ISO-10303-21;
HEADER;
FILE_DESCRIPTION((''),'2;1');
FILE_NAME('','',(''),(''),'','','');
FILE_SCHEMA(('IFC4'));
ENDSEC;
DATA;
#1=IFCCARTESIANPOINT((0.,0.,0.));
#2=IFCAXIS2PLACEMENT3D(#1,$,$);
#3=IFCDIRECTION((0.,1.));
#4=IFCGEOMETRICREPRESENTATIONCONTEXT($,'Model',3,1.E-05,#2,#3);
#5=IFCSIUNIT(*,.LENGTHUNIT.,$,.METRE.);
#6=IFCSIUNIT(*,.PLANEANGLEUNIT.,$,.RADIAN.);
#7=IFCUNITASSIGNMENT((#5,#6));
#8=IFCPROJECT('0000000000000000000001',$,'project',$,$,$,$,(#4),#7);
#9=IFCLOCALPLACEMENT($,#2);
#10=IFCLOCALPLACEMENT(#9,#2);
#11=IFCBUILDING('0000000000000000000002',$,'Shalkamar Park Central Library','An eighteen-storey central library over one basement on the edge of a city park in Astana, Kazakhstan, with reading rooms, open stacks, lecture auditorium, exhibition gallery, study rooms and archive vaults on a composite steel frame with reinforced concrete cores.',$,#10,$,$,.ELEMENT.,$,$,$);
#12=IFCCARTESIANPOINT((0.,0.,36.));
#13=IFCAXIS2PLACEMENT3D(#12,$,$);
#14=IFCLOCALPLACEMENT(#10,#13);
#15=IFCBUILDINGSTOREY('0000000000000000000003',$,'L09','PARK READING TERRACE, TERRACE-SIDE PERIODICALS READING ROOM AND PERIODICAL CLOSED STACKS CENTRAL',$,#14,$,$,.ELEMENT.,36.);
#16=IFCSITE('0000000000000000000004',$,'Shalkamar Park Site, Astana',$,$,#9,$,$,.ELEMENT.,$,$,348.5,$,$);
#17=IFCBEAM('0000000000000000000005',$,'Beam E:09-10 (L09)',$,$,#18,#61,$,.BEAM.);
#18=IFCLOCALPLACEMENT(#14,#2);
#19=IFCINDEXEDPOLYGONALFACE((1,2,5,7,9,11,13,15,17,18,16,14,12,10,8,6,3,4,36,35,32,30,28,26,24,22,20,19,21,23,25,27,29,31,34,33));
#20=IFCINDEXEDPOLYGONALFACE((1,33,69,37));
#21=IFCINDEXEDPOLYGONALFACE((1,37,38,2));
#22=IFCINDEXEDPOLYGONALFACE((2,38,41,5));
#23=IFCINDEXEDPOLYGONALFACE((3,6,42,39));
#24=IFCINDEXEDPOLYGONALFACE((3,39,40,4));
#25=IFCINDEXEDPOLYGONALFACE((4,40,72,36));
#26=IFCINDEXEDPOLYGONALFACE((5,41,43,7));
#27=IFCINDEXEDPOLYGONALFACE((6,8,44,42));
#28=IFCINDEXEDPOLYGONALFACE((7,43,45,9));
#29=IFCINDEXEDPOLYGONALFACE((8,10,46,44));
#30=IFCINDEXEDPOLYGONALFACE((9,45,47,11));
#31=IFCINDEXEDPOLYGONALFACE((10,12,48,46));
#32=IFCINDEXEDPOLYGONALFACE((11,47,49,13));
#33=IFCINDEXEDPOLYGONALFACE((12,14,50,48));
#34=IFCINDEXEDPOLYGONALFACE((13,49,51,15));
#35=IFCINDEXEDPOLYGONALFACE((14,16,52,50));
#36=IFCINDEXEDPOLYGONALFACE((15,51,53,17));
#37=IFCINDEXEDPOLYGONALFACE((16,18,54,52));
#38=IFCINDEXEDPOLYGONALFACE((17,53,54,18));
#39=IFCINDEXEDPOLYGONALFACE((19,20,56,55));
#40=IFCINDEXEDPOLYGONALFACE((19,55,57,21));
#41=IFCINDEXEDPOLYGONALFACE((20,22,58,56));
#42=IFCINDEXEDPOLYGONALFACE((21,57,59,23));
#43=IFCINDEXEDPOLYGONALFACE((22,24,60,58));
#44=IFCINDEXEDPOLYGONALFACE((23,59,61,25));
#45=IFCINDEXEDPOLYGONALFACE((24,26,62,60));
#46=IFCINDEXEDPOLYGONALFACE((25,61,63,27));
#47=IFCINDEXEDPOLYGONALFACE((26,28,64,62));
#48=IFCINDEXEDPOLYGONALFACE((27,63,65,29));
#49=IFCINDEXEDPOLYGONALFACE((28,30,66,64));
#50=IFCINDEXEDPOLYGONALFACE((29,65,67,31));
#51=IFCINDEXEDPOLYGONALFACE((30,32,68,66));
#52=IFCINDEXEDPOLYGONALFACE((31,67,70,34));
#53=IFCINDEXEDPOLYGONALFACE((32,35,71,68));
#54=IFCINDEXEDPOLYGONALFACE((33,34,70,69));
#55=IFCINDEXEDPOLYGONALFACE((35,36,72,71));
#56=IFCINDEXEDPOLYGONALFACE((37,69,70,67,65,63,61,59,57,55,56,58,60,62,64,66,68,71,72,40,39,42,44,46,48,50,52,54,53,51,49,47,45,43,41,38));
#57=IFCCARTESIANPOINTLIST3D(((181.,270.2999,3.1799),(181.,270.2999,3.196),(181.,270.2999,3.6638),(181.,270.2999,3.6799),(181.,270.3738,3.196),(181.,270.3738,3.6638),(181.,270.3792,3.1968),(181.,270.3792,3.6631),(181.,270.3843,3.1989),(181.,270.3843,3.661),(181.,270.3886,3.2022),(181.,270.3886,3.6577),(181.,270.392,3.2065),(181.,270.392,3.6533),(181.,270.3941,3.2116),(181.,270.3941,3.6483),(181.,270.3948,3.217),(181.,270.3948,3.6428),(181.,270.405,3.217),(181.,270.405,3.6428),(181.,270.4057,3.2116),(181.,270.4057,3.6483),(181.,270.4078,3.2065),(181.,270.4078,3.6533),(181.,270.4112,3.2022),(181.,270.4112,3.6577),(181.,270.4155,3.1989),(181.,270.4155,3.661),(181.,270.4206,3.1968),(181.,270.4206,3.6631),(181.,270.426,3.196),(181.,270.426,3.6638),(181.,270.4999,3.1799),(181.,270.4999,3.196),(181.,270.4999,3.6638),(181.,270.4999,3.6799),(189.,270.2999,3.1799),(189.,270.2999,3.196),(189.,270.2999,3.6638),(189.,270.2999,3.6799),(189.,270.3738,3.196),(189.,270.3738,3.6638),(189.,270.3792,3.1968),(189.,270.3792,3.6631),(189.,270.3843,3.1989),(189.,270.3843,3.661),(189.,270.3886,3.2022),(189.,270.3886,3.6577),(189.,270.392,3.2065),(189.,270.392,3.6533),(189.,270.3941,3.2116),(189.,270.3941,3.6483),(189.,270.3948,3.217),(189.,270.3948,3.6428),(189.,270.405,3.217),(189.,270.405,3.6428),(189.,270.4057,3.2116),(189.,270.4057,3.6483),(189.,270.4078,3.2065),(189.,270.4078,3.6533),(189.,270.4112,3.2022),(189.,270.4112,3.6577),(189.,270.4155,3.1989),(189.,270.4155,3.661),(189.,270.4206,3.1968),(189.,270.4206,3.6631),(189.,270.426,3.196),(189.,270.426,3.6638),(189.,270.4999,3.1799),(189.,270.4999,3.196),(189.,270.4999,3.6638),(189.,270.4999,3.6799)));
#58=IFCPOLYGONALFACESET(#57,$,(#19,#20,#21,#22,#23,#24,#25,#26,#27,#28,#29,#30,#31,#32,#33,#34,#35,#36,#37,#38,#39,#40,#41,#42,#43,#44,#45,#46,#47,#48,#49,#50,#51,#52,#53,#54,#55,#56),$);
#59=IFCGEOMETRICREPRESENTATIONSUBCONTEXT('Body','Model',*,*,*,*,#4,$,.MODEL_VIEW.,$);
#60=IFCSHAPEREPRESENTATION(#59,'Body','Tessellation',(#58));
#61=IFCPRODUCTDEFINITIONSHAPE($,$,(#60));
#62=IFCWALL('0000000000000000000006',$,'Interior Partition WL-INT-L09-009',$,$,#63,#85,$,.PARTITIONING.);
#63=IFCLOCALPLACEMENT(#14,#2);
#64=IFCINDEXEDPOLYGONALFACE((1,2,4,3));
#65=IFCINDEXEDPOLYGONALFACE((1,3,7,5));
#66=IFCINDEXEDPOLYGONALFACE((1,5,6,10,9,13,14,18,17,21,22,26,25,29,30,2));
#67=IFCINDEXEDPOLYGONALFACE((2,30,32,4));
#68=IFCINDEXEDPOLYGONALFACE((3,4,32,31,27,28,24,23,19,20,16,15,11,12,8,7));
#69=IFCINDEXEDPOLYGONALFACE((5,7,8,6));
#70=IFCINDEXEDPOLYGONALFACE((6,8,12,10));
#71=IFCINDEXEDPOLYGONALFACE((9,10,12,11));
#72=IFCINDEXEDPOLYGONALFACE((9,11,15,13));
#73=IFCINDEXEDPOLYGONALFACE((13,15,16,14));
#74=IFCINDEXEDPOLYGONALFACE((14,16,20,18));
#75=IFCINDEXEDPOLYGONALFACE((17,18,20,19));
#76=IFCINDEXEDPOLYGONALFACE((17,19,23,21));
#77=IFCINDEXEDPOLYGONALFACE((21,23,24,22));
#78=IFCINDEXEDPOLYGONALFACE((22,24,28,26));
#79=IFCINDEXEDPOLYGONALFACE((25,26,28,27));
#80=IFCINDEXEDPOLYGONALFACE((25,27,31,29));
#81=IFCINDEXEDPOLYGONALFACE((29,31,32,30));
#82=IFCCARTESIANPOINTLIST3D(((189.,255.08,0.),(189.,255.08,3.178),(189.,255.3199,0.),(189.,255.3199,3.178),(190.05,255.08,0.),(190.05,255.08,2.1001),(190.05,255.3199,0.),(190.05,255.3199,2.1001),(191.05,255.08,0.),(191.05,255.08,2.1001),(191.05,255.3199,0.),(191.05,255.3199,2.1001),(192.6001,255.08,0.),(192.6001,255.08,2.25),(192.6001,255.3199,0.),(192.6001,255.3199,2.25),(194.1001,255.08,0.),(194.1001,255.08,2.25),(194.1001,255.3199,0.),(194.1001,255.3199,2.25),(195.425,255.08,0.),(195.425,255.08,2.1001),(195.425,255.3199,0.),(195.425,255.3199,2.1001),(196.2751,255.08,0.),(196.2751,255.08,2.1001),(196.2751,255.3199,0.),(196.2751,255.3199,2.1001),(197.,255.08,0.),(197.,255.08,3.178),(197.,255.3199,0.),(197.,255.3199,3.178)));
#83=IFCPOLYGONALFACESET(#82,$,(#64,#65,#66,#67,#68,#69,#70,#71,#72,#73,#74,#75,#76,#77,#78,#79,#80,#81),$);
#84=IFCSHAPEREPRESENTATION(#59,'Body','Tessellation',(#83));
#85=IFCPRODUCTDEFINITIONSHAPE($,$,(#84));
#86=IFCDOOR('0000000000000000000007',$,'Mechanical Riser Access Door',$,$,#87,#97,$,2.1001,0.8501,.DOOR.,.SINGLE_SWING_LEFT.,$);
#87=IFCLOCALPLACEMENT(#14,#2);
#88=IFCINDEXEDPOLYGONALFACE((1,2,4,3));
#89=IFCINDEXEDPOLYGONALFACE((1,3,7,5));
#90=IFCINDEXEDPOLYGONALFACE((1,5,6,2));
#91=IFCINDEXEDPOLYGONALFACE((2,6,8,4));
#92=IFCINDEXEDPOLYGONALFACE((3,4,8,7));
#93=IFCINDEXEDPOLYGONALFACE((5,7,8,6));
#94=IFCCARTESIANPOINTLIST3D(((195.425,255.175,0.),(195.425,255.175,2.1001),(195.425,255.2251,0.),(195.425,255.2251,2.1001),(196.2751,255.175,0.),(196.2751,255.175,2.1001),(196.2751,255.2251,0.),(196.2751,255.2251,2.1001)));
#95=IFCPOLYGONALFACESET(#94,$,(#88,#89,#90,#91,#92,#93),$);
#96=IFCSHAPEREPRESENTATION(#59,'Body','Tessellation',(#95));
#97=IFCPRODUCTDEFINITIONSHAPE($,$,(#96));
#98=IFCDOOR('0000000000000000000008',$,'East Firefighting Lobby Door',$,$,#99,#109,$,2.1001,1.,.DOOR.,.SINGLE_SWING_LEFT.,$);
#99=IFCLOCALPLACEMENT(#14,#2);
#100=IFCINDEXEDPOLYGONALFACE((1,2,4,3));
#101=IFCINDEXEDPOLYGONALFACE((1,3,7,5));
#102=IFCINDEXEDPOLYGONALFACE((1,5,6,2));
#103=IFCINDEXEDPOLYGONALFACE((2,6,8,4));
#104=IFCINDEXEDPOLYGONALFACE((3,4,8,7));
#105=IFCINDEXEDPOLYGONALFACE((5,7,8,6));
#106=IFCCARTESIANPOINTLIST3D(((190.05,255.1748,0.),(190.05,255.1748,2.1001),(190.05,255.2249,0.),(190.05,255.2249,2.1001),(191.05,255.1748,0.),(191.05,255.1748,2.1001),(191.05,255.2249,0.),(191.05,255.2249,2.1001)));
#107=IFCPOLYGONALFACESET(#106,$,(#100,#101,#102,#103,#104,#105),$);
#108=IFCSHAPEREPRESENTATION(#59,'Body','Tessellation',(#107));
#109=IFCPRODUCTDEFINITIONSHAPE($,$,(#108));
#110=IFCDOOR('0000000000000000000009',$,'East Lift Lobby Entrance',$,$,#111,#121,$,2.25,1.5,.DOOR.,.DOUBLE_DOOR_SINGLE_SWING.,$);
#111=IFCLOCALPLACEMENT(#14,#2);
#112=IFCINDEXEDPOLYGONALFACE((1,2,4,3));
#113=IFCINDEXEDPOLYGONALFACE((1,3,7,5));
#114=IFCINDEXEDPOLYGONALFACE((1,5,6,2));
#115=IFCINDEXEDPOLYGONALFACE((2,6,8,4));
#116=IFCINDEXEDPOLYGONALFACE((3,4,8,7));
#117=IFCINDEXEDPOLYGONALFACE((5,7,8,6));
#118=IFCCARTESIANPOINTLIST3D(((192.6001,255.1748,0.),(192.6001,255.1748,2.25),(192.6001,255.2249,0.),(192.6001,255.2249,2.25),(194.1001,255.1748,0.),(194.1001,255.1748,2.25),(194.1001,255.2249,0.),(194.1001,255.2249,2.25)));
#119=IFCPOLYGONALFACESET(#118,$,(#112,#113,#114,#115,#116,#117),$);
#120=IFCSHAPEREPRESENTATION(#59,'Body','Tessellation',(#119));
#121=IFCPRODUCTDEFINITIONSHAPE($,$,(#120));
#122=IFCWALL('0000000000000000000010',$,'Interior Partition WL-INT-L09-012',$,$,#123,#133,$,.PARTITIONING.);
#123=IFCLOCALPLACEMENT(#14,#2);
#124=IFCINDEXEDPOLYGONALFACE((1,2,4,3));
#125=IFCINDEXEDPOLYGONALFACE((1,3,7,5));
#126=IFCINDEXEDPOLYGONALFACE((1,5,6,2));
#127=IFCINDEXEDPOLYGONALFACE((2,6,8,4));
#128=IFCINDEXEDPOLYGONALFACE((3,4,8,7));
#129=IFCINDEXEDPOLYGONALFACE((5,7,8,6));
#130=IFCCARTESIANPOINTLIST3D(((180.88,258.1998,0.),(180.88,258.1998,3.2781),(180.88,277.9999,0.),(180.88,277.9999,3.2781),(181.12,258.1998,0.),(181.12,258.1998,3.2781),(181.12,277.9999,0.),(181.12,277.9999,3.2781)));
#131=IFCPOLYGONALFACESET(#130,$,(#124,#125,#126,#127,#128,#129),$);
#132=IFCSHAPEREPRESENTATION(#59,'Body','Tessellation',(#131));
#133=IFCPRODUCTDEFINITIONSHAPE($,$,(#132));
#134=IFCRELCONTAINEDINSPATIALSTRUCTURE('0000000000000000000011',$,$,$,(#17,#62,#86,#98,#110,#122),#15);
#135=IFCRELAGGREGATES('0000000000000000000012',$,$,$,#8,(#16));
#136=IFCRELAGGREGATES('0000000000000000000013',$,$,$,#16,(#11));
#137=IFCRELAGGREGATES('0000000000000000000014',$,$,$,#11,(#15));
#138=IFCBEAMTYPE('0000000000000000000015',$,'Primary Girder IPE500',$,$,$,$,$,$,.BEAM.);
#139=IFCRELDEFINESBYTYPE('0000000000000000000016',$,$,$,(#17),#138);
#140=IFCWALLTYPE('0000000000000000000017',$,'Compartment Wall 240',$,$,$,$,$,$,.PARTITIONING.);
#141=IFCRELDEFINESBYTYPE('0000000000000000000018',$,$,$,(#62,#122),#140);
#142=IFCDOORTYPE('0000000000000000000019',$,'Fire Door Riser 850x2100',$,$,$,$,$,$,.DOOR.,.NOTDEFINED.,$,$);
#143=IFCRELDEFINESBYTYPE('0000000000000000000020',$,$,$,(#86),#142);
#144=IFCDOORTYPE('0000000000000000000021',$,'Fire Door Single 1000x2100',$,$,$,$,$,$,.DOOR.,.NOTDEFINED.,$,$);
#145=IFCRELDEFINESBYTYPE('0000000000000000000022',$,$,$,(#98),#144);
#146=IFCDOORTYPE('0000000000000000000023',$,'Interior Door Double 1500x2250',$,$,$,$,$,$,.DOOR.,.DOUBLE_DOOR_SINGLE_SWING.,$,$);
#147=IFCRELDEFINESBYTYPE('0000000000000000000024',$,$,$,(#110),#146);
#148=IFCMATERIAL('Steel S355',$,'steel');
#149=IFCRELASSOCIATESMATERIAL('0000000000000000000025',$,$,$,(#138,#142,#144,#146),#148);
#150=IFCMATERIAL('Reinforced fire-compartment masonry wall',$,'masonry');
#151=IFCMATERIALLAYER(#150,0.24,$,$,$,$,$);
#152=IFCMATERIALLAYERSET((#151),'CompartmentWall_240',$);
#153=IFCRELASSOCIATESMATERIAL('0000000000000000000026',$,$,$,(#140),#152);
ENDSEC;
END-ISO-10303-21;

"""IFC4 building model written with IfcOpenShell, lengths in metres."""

from ifc_helpers import new_model, si_unit, direction, frame, frame_2d, origin, origin_2d, place, context, subcontext, project, spatial, rectangle, i_section, extrude, material, layer, layer_set, material_profile, profile_set, type_object, element, fill, save


model = new_model("IFC4")

# Units and contexts
model_context = context("Model", 3, precision=1e-05, world=origin(), true_north=direction((0.0, 1.0)))
body_context = subcontext(model_context, "Body", "Model", "MODEL_VIEW")
ifc_project = project(units=[si_unit("LENGTHUNIT", "METRE"), si_unit("PLANEANGLEUNIT", "RADIAN")], contexts=[model_context])

# Site, building, storey
site_placement = place(None, origin())
site = spatial("IfcSite", under=ifc_project, at=site_placement, Name="Shalkamar Park Site, Astana", CompositionType="ELEMENT", RefElevation=348.5)
building_placement = place(site_placement, origin())
building = spatial("IfcBuilding", under=site, at=building_placement, Name="Shalkamar Park Central Library", Description="An eighteen-storey central library over one basement on the edge of a city park in Astana, Kazakhstan, with reading rooms, open stacks, lecture auditorium, exhibition gallery, study rooms and archive vaults on a composite steel frame with reinforced concrete cores.", CompositionType="ELEMENT")
storey_placement = place(building_placement, frame((0.0, 0.0, 36.0)))
storey = spatial("IfcBuildingStorey", under=building, at=storey_placement, Name="L09", Description="PARK READING TERRACE, TERRACE-SIDE PERIODICALS READING ROOM AND PERIODICAL CLOSED STACKS CENTRAL", CompositionType="ELEMENT", Elevation=36.0)

# Shared definitions
ifc_material_1 = material(Name="Steel S355", Category="steel")

# Beam
ifc_material_profile_1 = material_profile(ifc_material_1, i_section(OverallWidth=0.2, OverallDepth=0.5, WebThickness=0.0103, FlangeThickness=0.0161, FilletRadius=0.021, at=origin_2d()), Name="IPE 500")
ifc_profile_set_1 = profile_set([ifc_material_profile_1], Name="Steel S355")
beam_type_1 = type_object("IfcBeamType", Name="Primary Girder IPE500", PredefinedType="BEAM", material=ifc_profile_set_1)
for number, where, z_axis, x_axis, name in (
    (1, (181.0, 270.3999, 3.4299), (1.0, 0.0, 0.0), (0.0, 1.0, 0.0), "Beam E:09-10 (L09)"),
):
    element("IfcBeam", number, at=place(storey_placement, frame(where, z_axis=z_axis, x_axis=x_axis)), inside=storey, type_object=beam_type_1, Name=name, PredefinedType="BEAM", context=body_context, shape_type="SweptSolid", body=[
        extrude(i_section(OverallWidth=0.2, OverallDepth=0.5, WebThickness=0.0103, FlangeThickness=0.0161, FilletRadius=0.021, at=origin_2d()), origin(), (0.0, 0.0, 1.0), 8.0),
    ])

# Wall, openings, doors
ifc_material_2 = material(Name="Reinforced fire-compartment masonry wall", Category="masonry")
ifc_layer_1 = layer(ifc_material_2, 0.24)
ifc_layer_set_1 = layer_set([ifc_layer_1], Name="CompartmentWall_240")
wall_type_1 = type_object("IfcWallType", Name="Compartment Wall 240", PredefinedType="PARTITIONING", material=ifc_layer_set_1)
wall_1_placement = place(storey_placement, frame((189.0, 255.2, 0.0), z_axis=(0.0, 0.0, 1.0), x_axis=(1.0, 0.0, 0.0)))
wall_1 = element("IfcWall", 2, at=wall_1_placement, inside=storey, type_object=wall_type_1, Name="Interior Partition WL-INT-L09-009", PredefinedType="PARTITIONING", context=body_context, shape_type="SweptSolid", body=[
    extrude(rectangle(XDim=8.0, YDim=0.24, at=frame_2d((4.0, 0.0))), origin(), (0.0, 0.0, 1.0), 3.178),
])
opening_1_placement = place(wall_1_placement, frame((1.05, 0.0, 0.0)))
opening_1 = element("IfcOpeningElement", 3, at=opening_1_placement, cuts=wall_1, PredefinedType="OPENING", context=body_context, shape_type="SweptSolid", body=[
    extrude(rectangle(XDim=1.0, YDim=2.1001, at=frame_2d((0.5, 1.05))), frame((0.0, 0.1348, 0.0), z_axis=(0.0, -1.0, 0.0), x_axis=(1.0, 0.0, 0.0)), (0.0, 0.0, 1.0), 0.2698),
])
opening_2_placement = place(wall_1_placement, frame((3.6001, 0.0, 0.0)))
opening_2 = element("IfcOpeningElement", 4, at=opening_2_placement, cuts=wall_1, PredefinedType="OPENING", context=body_context, shape_type="SweptSolid", body=[
    extrude(rectangle(XDim=1.5, YDim=2.25, at=frame_2d((0.75, 1.125))), frame((0.0, 0.1348, 0.0), z_axis=(0.0, -1.0, 0.0), x_axis=(1.0, 0.0, 0.0)), (0.0, 0.0, 1.0), 0.2698),
])
opening_3_placement = place(wall_1_placement, frame((6.425, 0.0, 0.0)))
opening_3 = element("IfcOpeningElement", 5, at=opening_3_placement, cuts=wall_1, PredefinedType="OPENING", context=body_context, shape_type="SweptSolid", body=[
    extrude(rectangle(XDim=0.8501, YDim=2.1001, at=frame_2d((0.425, 1.05))), frame((0.0, 0.1348, 0.0), z_axis=(0.0, -1.0, 0.0), x_axis=(1.0, 0.0, 0.0)), (0.0, 0.0, 1.0), 0.2698),
])
door_type_1 = type_object("IfcDoorType", Name="Fire Door Riser 850x2100", OperationType="NOTDEFINED", PredefinedType="DOOR", material=ifc_material_1)
door_1_placement = place(opening_3_placement, frame((0.8501, 0.0, 0.0), z_axis=(0.0, 0.0, 1.0), x_axis=(-1.0, 0.0, 0.0)))
door_1 = element("IfcDoor", 6, at=door_1_placement, inside=storey, type_object=door_type_1, Name="Mechanical Riser Access Door", OperationType="SINGLE_SWING_LEFT", OverallHeight=2.1001, OverallWidth=0.8501, PredefinedType="DOOR", context=body_context, shape_type="SweptSolid", body=[
    extrude(rectangle(XDim=0.8501, YDim=2.1001, at=frame_2d((0.425, 1.05))), frame((0.0, 0.0249, 0.0), z_axis=(0.0, -1.0, 0.0), x_axis=(1.0, 0.0, 0.0)), (0.0, 0.0, 1.0), 0.05),
])
fill(opening_3, door_1)
door_type_2 = type_object("IfcDoorType", Name="Fire Door Single 1000x2100", OperationType="NOTDEFINED", PredefinedType="DOOR", material=ifc_material_1)
door_2_placement = place(opening_1_placement, origin())
door_2 = element("IfcDoor", 7, at=door_2_placement, inside=storey, type_object=door_type_2, Name="East Firefighting Lobby Door", OperationType="SINGLE_SWING_LEFT", OverallHeight=2.1001, OverallWidth=1.0, PredefinedType="DOOR", context=body_context, shape_type="SweptSolid", body=[
    extrude(rectangle(XDim=1.0, YDim=2.1001, at=frame_2d((0.5, 1.05))), frame((0.0, 0.0249, 0.0), z_axis=(0.0, -1.0, 0.0), x_axis=(1.0, 0.0, 0.0)), (0.0, 0.0, 1.0), 0.05),
])
fill(opening_1, door_2)
door_type_3 = type_object("IfcDoorType", Name="Interior Door Double 1500x2250", OperationType="DOUBLE_DOOR_SINGLE_SWING", PredefinedType="DOOR", material=ifc_material_1)
door_3_placement = place(opening_2_placement, origin())
door_3 = element("IfcDoor", 8, at=door_3_placement, inside=storey, type_object=door_type_3, Name="East Lift Lobby Entrance", OperationType="DOUBLE_DOOR_SINGLE_SWING", OverallHeight=2.25, OverallWidth=1.5, PredefinedType="DOOR", context=body_context, shape_type="SweptSolid", body=[
    extrude(rectangle(XDim=1.5, YDim=2.25, at=frame_2d((0.75, 1.125))), frame((0.0, 0.0249, 0.0), z_axis=(0.0, -1.0, 0.0), x_axis=(1.0, 0.0, 0.0)), (0.0, 0.0, 1.0), 0.05),
])
fill(opening_2, door_3)

# Wall
wall_2_placement = place(storey_placement, frame((181.0, 258.2, 0.0), z_axis=(0.0, 0.0, 1.0), x_axis=(0.0, 1.0, 0.0)))
element("IfcWall", 9, at=wall_2_placement, inside=storey, type_object=wall_type_1, Name="Interior Partition WL-INT-L09-012", PredefinedType="PARTITIONING", context=body_context, shape_type="SweptSolid", body=[
    extrude(rectangle(XDim=19.8, YDim=0.24, at=frame_2d((9.8999, 0.0))), origin(), (0.0, 0.0, 1.0), 3.2781),
])

save(model, "model.ifc")
